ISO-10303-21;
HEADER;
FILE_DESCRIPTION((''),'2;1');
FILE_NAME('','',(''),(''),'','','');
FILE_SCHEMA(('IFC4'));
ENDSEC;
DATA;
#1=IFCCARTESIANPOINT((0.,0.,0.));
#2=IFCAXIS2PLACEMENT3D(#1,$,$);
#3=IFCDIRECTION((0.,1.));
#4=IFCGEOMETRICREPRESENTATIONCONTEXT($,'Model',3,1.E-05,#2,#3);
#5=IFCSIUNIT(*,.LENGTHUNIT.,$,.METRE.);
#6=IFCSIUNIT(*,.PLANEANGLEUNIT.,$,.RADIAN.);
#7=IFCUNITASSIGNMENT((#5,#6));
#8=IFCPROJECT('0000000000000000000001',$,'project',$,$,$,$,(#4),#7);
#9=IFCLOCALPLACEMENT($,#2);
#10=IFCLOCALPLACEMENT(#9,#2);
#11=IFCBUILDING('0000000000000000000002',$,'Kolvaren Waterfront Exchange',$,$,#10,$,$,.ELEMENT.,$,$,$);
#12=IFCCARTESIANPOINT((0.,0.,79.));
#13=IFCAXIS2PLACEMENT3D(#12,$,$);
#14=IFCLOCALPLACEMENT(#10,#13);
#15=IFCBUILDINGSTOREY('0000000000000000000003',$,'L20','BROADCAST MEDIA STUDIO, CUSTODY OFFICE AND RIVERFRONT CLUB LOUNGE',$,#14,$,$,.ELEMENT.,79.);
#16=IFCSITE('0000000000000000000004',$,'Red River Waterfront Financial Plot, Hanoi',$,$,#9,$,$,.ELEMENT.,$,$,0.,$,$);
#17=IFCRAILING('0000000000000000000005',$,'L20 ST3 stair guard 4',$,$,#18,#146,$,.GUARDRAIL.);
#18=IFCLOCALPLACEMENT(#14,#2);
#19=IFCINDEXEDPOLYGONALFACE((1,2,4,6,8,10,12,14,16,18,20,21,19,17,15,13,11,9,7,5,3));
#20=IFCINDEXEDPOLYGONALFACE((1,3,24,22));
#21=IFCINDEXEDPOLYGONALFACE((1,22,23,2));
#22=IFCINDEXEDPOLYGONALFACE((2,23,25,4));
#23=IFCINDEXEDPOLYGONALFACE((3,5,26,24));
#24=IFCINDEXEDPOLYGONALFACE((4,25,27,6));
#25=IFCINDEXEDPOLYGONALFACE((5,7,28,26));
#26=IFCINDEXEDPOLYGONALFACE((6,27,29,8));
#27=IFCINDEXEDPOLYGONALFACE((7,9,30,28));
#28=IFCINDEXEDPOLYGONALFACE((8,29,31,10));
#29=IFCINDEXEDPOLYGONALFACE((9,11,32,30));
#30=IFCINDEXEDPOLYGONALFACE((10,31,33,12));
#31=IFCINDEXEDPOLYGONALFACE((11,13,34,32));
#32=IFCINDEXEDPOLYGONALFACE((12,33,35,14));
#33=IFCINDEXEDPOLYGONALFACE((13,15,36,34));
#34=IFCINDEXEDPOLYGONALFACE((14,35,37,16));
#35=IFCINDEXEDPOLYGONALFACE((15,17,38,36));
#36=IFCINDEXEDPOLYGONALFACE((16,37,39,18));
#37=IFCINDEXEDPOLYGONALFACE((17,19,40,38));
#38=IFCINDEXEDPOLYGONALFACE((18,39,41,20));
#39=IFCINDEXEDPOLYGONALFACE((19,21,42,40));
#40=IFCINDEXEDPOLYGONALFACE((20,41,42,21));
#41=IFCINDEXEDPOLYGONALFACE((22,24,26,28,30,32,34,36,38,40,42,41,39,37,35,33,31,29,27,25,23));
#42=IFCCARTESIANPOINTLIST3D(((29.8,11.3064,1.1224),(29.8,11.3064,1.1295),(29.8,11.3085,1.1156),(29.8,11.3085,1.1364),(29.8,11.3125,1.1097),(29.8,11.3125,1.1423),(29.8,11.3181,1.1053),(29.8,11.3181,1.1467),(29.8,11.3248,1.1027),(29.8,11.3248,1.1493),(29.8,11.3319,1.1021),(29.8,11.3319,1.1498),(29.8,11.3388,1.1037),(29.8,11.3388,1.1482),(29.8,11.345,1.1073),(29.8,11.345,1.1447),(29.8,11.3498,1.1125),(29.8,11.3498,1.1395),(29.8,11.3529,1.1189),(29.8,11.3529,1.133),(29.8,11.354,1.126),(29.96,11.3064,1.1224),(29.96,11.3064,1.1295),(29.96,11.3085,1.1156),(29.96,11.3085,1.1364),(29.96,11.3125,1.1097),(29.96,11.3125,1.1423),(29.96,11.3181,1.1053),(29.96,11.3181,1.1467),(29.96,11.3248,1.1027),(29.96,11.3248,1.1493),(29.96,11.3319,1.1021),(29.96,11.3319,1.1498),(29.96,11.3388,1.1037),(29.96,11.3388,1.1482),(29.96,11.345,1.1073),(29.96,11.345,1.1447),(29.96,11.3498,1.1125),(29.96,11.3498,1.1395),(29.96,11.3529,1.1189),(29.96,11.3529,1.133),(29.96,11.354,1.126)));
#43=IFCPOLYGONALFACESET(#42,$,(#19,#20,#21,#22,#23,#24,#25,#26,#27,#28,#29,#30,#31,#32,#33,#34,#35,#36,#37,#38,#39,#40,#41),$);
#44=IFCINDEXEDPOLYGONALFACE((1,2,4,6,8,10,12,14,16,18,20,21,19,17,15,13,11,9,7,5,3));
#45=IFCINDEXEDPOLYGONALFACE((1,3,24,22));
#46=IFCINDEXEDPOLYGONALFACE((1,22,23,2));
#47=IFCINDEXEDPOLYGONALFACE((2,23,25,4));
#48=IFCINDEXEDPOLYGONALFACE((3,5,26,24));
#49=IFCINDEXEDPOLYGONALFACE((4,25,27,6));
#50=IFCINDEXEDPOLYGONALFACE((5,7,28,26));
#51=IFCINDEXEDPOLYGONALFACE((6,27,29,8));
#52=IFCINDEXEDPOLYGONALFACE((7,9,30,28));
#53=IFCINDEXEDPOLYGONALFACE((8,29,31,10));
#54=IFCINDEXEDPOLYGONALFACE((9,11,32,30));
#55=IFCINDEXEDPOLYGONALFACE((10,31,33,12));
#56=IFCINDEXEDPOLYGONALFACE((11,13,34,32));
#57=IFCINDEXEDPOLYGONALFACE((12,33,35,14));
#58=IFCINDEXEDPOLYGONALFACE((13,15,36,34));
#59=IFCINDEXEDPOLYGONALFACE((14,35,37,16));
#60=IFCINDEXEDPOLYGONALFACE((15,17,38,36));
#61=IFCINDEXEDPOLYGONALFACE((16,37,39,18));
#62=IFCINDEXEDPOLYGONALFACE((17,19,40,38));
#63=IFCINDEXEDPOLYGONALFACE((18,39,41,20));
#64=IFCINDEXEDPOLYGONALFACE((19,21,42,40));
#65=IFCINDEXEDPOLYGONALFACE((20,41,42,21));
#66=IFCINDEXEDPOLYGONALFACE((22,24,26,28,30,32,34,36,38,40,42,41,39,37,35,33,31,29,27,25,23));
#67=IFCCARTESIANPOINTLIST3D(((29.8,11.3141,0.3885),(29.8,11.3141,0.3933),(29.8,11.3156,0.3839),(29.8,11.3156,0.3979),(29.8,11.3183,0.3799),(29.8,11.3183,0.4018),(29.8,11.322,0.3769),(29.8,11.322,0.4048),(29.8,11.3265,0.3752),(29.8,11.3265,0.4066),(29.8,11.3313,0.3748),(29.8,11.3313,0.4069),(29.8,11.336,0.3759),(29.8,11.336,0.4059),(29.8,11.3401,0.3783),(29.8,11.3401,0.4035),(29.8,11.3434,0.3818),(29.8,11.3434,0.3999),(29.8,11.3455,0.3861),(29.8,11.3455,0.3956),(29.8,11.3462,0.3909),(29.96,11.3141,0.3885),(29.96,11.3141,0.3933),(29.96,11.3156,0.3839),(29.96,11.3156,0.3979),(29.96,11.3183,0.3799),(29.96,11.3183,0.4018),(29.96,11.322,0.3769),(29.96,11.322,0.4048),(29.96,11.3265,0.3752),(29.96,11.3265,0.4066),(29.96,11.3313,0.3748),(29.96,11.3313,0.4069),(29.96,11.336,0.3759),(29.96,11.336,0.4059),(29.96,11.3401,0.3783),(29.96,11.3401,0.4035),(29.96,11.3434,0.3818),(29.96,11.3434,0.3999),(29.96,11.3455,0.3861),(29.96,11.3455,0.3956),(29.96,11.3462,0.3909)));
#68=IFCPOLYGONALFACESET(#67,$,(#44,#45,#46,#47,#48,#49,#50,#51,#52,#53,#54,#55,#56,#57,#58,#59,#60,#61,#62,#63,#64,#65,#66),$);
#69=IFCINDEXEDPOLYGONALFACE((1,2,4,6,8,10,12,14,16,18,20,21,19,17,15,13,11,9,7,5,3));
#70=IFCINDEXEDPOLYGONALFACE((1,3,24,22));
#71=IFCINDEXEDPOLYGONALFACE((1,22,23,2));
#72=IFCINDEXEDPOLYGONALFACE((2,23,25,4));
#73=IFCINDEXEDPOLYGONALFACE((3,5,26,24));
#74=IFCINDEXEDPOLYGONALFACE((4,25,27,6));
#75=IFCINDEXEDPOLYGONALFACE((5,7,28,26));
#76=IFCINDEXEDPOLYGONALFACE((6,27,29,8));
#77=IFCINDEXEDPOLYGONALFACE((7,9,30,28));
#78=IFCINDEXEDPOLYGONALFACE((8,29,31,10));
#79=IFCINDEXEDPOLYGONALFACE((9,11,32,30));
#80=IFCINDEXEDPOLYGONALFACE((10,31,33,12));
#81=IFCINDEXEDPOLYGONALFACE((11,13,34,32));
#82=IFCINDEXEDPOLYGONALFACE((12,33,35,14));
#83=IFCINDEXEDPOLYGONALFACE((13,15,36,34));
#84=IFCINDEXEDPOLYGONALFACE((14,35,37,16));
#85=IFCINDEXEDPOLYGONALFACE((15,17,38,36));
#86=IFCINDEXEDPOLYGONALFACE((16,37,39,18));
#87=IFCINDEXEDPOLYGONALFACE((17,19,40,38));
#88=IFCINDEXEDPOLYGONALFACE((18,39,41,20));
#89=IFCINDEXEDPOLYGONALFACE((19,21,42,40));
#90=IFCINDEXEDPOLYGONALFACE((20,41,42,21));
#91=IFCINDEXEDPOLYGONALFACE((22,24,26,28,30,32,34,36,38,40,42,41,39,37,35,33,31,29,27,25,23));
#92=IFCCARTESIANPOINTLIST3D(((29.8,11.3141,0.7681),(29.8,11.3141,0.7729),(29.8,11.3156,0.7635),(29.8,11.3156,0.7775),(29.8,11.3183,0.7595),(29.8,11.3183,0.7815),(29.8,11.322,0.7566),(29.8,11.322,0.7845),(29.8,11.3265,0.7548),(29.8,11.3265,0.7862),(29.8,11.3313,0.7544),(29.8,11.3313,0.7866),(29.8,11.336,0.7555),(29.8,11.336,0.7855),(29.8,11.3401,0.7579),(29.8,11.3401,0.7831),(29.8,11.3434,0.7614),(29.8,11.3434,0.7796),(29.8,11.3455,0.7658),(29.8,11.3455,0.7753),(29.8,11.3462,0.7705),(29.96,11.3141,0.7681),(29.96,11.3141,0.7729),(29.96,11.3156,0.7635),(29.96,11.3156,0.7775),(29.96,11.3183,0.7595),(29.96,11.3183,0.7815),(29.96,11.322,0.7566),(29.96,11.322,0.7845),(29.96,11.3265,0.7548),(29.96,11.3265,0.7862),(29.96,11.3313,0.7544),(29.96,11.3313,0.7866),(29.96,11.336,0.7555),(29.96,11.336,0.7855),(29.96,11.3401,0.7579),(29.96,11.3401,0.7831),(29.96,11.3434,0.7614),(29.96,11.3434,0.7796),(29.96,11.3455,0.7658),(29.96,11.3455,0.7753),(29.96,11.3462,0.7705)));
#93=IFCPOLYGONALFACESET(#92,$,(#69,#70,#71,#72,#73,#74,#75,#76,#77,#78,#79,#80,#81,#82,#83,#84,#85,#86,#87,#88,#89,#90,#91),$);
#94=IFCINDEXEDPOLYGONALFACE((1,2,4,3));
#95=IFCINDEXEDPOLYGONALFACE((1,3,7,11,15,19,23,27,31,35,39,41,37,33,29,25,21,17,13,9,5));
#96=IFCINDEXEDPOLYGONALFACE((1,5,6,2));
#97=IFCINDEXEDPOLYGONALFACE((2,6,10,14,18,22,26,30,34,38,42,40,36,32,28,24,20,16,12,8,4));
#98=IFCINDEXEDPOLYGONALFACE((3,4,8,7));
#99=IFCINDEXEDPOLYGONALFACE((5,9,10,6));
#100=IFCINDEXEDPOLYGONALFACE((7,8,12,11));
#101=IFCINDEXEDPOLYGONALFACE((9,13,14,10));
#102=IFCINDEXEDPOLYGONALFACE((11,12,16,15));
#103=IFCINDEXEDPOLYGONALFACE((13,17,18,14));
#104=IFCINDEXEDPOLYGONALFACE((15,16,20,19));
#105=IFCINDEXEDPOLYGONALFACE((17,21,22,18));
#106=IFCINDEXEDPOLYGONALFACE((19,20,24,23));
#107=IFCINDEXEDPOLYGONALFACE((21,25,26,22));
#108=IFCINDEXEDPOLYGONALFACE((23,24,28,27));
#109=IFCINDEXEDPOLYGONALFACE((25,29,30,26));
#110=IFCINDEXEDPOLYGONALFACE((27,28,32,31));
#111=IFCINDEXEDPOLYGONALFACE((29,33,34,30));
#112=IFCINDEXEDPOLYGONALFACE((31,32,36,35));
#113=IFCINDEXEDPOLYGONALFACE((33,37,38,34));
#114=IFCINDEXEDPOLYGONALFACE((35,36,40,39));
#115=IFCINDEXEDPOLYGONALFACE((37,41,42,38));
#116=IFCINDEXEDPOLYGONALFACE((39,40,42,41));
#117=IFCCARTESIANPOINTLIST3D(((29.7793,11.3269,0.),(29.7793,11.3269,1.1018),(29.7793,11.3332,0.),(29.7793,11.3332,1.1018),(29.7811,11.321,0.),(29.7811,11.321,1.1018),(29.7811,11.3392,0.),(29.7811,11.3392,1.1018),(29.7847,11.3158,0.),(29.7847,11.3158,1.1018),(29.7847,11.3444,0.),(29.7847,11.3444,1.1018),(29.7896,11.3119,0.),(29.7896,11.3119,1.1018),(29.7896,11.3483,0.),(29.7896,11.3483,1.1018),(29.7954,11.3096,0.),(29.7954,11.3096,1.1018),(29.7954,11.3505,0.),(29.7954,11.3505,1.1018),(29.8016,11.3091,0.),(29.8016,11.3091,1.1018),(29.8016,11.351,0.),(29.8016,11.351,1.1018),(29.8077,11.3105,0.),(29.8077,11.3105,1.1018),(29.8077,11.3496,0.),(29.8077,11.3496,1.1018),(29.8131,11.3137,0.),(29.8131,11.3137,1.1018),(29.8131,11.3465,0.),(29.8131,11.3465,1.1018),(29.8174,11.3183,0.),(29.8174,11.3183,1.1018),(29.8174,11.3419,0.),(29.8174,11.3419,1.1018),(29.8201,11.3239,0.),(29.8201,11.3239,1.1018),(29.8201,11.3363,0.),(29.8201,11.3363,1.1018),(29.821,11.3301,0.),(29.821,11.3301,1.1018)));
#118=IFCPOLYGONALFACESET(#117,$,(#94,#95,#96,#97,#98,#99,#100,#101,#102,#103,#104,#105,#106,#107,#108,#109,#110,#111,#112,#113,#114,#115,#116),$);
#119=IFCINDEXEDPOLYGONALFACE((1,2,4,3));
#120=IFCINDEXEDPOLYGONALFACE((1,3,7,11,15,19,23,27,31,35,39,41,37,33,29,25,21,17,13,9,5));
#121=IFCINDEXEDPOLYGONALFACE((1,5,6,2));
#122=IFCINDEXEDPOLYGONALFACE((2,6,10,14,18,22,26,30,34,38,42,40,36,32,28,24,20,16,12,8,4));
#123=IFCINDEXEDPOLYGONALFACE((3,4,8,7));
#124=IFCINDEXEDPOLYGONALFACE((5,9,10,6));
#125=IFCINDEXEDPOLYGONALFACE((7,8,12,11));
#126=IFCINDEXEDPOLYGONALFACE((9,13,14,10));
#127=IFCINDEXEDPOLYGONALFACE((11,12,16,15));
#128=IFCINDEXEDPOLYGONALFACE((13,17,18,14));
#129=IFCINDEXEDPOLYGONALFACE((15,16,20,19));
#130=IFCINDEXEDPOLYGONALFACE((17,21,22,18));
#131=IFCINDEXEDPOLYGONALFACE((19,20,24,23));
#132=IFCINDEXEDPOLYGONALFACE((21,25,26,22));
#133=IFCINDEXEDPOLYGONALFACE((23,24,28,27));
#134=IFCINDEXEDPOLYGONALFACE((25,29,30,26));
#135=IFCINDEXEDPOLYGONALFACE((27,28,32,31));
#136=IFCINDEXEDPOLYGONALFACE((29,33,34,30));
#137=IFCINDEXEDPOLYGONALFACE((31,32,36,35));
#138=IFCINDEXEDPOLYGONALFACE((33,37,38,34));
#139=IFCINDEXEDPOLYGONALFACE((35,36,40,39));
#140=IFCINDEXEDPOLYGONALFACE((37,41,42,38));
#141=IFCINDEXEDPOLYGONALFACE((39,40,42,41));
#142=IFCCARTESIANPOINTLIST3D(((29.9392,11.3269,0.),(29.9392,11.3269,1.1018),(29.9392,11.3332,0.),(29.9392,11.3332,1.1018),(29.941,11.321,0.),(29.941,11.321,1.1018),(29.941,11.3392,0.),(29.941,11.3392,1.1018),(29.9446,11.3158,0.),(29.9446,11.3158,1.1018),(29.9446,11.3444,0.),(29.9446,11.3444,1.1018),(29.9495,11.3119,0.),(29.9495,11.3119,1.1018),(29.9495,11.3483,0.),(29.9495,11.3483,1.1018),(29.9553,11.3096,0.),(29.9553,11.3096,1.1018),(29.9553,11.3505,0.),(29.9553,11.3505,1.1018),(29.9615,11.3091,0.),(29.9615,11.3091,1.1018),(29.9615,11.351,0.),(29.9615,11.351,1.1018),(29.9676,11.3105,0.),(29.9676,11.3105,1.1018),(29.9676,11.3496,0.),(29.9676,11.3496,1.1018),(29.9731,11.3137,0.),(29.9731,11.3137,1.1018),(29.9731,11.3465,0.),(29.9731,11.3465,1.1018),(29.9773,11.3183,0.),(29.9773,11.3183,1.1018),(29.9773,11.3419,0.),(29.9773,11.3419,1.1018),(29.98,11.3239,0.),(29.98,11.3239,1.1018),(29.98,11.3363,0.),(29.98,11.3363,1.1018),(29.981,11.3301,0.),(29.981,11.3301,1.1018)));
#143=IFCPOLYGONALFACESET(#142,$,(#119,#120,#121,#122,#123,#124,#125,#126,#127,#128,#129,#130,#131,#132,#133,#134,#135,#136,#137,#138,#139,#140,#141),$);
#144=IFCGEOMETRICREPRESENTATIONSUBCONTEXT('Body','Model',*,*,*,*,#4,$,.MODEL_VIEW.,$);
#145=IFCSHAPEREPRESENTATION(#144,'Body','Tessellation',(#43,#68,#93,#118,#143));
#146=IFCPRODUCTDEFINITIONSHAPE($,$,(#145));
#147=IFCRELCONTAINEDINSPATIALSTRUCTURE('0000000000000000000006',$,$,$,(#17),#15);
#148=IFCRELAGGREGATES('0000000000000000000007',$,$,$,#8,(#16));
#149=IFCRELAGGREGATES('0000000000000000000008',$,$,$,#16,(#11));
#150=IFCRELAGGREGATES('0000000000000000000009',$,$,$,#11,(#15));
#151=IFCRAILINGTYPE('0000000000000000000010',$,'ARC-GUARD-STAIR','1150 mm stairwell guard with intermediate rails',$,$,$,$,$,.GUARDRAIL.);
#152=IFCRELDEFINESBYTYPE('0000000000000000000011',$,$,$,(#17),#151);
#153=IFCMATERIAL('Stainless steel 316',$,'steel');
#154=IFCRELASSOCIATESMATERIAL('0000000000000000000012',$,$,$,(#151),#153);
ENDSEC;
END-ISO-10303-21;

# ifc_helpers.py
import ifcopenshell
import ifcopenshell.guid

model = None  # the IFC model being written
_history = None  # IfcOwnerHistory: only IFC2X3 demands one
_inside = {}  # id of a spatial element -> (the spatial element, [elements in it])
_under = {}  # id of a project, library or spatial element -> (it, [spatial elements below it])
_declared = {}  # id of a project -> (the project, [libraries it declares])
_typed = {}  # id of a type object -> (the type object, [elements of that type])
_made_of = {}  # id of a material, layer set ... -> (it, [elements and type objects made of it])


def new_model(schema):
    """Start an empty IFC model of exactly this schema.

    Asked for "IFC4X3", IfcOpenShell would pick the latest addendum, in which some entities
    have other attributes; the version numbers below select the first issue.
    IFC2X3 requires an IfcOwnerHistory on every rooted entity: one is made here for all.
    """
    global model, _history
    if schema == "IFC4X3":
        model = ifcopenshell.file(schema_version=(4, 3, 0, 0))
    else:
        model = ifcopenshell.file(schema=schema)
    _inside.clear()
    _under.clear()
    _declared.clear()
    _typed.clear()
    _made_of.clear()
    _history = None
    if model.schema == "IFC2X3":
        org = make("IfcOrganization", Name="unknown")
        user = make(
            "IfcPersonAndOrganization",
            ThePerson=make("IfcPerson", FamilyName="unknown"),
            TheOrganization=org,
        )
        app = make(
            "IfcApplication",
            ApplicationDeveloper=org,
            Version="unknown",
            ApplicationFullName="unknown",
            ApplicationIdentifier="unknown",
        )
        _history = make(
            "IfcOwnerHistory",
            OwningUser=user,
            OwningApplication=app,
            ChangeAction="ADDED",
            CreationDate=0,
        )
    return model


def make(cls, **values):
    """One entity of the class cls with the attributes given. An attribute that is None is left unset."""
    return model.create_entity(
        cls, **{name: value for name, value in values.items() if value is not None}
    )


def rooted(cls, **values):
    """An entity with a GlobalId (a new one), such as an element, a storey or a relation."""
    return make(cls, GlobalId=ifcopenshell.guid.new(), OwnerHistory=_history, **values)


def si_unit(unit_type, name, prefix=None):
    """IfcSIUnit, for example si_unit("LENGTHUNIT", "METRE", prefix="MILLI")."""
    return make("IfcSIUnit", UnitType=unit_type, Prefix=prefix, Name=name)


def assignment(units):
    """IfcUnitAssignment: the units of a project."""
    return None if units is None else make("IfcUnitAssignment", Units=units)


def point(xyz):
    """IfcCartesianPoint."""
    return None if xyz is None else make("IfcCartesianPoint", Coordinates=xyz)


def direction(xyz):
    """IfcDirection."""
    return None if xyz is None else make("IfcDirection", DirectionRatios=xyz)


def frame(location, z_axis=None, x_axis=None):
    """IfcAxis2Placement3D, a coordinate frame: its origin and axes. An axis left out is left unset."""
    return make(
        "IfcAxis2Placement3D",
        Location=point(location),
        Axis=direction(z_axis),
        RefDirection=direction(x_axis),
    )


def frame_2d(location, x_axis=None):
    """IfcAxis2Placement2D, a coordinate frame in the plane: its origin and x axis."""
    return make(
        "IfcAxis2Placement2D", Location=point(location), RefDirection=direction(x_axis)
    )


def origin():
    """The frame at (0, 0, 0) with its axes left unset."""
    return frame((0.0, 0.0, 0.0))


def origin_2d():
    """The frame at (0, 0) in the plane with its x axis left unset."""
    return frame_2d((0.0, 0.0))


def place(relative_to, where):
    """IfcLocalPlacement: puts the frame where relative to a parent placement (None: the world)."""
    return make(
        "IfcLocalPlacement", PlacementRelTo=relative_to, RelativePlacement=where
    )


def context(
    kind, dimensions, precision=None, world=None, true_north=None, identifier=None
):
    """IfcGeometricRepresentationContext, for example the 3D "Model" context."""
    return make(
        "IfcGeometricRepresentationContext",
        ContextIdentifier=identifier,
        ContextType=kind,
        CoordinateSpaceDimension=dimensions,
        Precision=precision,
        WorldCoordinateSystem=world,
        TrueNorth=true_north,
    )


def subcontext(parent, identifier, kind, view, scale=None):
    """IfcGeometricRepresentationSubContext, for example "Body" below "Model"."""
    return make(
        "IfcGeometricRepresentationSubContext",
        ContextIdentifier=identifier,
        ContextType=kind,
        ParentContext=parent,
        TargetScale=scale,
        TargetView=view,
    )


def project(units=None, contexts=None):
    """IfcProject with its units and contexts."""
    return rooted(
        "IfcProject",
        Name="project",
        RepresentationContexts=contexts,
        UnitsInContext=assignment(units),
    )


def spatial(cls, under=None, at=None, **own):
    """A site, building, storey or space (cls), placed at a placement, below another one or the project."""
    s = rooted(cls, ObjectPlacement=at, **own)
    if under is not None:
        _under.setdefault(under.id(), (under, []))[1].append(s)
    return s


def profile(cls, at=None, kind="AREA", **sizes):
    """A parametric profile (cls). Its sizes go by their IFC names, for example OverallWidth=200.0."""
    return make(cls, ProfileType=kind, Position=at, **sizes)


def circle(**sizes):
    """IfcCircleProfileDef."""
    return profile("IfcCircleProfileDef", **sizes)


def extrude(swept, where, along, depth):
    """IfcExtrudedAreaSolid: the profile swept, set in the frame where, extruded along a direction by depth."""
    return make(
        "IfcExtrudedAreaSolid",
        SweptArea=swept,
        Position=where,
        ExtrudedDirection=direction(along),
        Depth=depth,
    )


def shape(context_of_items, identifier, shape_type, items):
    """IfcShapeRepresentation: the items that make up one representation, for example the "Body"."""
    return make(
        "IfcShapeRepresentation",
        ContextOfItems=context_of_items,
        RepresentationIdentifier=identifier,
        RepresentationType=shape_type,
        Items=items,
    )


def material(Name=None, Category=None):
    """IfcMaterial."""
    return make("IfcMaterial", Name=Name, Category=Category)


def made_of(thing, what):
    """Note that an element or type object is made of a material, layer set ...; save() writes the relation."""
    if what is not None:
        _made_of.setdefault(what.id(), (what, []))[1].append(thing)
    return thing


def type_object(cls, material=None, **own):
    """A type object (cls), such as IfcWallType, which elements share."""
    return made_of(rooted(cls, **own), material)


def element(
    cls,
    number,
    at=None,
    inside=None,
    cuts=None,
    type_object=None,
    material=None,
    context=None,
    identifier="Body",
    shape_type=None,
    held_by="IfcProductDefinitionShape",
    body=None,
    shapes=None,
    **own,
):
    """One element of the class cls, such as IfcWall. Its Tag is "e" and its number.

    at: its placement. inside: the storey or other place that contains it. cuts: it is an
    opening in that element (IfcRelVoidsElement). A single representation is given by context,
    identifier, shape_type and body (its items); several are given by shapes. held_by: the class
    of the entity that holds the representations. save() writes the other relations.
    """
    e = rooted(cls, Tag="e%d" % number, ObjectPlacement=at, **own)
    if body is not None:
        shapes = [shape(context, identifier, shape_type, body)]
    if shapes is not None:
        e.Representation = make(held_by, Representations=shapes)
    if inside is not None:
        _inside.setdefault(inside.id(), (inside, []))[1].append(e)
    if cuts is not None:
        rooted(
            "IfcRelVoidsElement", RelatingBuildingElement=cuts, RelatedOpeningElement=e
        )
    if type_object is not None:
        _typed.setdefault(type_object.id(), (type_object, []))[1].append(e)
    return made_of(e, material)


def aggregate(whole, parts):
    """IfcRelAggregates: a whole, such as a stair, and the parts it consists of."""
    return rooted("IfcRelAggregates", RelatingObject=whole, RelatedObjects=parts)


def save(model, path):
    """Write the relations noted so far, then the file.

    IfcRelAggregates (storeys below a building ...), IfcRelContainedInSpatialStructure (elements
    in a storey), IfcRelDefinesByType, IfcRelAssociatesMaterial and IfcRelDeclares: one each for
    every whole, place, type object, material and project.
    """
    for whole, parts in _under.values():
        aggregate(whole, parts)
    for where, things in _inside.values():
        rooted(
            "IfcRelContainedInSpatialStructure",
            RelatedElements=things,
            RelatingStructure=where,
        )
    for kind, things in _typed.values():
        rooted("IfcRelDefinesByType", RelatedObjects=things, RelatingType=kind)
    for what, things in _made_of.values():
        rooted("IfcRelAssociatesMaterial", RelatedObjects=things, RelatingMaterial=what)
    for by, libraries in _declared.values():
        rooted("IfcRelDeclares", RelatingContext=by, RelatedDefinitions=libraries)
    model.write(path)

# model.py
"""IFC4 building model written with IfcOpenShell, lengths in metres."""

from ifc_helpers import new_model, si_unit, direction, frame, origin, origin_2d, place, context, subcontext, project, spatial, circle, extrude, material, type_object, element, save


model = new_model("IFC4")

# Units and contexts
model_context = context("Model", 3, precision=1e-05, world=origin(), true_north=direction((0.0, 1.0)))
body_context = subcontext(model_context, "Body", "Model", "MODEL_VIEW")
ifc_project = project(units=[si_unit("LENGTHUNIT", "METRE"), si_unit("PLANEANGLEUNIT", "RADIAN")], contexts=[model_context])

# Site, building, storey
site_placement = place(None, origin())
site = spatial("IfcSite", under=ifc_project, at=site_placement, Name="Red River Waterfront Financial Plot, Hanoi", CompositionType="ELEMENT", RefElevation=0.0)
building_placement = place(site_placement, origin())
building = spatial("IfcBuilding", under=site, at=building_placement, Name="Kolvaren Waterfront Exchange", CompositionType="ELEMENT")
storey_placement = place(building_placement, frame((0.0, 0.0, 79.0)))
storey = spatial("IfcBuildingStorey", under=building, at=storey_placement, Name="L20", Description="BROADCAST MEDIA STUDIO, CUSTODY OFFICE AND RIVERFRONT CLUB LOUNGE", CompositionType="ELEMENT", Elevation=79.0)

# Railing
ifc_material_1 = material(Name="Stainless steel 316", Category="steel")
railing_type = type_object("IfcRailingType", Name="ARC-GUARD-STAIR", Description="1150 mm stairwell guard with intermediate rails", PredefinedType="GUARDRAIL", material=ifc_material_1)
railing_1_placement = place(storey_placement, frame((29.8, 11.3301, 0.0)))
element("IfcRailing", 1, at=railing_1_placement, inside=storey, type_object=railing_type, Name="L20 ST3 stair guard 4", PredefinedType="GUARDRAIL", context=body_context, shape_type="SweptSolid", body=[
    extrude(circle(Radius=0.0239, at=origin_2d()), frame((0.0, 0.0, 1.126), z_axis=(1.0, 0.0, 0.0), x_axis=(0.0, 1.0, 0.0)), (0.0, 0.0, 1.0), 0.1599),
    extrude(circle(Radius=0.0161, at=origin_2d()), frame((0.0, 0.0, 0.3909), z_axis=(1.0, 0.0, 0.0), x_axis=(0.0, 1.0, 0.0)), (0.0, 0.0, 1.0), 0.1599),
    extrude(circle(Radius=0.0161, at=origin_2d()), frame((0.0, 0.0, 0.7705), z_axis=(1.0, 0.0, 0.0), x_axis=(0.0, 1.0, 0.0)), (0.0, 0.0, 1.0), 0.1599),
    extrude(circle(Radius=0.021, at=origin_2d()), origin(), (0.0, 0.0, 1.0), 1.1018),
    extrude(circle(Radius=0.021, at=origin_2d()), frame((0.1599, 0.0, 0.0)), (0.0, 0.0, 1.0), 1.1018),
])

save(model, "model.ifc")
